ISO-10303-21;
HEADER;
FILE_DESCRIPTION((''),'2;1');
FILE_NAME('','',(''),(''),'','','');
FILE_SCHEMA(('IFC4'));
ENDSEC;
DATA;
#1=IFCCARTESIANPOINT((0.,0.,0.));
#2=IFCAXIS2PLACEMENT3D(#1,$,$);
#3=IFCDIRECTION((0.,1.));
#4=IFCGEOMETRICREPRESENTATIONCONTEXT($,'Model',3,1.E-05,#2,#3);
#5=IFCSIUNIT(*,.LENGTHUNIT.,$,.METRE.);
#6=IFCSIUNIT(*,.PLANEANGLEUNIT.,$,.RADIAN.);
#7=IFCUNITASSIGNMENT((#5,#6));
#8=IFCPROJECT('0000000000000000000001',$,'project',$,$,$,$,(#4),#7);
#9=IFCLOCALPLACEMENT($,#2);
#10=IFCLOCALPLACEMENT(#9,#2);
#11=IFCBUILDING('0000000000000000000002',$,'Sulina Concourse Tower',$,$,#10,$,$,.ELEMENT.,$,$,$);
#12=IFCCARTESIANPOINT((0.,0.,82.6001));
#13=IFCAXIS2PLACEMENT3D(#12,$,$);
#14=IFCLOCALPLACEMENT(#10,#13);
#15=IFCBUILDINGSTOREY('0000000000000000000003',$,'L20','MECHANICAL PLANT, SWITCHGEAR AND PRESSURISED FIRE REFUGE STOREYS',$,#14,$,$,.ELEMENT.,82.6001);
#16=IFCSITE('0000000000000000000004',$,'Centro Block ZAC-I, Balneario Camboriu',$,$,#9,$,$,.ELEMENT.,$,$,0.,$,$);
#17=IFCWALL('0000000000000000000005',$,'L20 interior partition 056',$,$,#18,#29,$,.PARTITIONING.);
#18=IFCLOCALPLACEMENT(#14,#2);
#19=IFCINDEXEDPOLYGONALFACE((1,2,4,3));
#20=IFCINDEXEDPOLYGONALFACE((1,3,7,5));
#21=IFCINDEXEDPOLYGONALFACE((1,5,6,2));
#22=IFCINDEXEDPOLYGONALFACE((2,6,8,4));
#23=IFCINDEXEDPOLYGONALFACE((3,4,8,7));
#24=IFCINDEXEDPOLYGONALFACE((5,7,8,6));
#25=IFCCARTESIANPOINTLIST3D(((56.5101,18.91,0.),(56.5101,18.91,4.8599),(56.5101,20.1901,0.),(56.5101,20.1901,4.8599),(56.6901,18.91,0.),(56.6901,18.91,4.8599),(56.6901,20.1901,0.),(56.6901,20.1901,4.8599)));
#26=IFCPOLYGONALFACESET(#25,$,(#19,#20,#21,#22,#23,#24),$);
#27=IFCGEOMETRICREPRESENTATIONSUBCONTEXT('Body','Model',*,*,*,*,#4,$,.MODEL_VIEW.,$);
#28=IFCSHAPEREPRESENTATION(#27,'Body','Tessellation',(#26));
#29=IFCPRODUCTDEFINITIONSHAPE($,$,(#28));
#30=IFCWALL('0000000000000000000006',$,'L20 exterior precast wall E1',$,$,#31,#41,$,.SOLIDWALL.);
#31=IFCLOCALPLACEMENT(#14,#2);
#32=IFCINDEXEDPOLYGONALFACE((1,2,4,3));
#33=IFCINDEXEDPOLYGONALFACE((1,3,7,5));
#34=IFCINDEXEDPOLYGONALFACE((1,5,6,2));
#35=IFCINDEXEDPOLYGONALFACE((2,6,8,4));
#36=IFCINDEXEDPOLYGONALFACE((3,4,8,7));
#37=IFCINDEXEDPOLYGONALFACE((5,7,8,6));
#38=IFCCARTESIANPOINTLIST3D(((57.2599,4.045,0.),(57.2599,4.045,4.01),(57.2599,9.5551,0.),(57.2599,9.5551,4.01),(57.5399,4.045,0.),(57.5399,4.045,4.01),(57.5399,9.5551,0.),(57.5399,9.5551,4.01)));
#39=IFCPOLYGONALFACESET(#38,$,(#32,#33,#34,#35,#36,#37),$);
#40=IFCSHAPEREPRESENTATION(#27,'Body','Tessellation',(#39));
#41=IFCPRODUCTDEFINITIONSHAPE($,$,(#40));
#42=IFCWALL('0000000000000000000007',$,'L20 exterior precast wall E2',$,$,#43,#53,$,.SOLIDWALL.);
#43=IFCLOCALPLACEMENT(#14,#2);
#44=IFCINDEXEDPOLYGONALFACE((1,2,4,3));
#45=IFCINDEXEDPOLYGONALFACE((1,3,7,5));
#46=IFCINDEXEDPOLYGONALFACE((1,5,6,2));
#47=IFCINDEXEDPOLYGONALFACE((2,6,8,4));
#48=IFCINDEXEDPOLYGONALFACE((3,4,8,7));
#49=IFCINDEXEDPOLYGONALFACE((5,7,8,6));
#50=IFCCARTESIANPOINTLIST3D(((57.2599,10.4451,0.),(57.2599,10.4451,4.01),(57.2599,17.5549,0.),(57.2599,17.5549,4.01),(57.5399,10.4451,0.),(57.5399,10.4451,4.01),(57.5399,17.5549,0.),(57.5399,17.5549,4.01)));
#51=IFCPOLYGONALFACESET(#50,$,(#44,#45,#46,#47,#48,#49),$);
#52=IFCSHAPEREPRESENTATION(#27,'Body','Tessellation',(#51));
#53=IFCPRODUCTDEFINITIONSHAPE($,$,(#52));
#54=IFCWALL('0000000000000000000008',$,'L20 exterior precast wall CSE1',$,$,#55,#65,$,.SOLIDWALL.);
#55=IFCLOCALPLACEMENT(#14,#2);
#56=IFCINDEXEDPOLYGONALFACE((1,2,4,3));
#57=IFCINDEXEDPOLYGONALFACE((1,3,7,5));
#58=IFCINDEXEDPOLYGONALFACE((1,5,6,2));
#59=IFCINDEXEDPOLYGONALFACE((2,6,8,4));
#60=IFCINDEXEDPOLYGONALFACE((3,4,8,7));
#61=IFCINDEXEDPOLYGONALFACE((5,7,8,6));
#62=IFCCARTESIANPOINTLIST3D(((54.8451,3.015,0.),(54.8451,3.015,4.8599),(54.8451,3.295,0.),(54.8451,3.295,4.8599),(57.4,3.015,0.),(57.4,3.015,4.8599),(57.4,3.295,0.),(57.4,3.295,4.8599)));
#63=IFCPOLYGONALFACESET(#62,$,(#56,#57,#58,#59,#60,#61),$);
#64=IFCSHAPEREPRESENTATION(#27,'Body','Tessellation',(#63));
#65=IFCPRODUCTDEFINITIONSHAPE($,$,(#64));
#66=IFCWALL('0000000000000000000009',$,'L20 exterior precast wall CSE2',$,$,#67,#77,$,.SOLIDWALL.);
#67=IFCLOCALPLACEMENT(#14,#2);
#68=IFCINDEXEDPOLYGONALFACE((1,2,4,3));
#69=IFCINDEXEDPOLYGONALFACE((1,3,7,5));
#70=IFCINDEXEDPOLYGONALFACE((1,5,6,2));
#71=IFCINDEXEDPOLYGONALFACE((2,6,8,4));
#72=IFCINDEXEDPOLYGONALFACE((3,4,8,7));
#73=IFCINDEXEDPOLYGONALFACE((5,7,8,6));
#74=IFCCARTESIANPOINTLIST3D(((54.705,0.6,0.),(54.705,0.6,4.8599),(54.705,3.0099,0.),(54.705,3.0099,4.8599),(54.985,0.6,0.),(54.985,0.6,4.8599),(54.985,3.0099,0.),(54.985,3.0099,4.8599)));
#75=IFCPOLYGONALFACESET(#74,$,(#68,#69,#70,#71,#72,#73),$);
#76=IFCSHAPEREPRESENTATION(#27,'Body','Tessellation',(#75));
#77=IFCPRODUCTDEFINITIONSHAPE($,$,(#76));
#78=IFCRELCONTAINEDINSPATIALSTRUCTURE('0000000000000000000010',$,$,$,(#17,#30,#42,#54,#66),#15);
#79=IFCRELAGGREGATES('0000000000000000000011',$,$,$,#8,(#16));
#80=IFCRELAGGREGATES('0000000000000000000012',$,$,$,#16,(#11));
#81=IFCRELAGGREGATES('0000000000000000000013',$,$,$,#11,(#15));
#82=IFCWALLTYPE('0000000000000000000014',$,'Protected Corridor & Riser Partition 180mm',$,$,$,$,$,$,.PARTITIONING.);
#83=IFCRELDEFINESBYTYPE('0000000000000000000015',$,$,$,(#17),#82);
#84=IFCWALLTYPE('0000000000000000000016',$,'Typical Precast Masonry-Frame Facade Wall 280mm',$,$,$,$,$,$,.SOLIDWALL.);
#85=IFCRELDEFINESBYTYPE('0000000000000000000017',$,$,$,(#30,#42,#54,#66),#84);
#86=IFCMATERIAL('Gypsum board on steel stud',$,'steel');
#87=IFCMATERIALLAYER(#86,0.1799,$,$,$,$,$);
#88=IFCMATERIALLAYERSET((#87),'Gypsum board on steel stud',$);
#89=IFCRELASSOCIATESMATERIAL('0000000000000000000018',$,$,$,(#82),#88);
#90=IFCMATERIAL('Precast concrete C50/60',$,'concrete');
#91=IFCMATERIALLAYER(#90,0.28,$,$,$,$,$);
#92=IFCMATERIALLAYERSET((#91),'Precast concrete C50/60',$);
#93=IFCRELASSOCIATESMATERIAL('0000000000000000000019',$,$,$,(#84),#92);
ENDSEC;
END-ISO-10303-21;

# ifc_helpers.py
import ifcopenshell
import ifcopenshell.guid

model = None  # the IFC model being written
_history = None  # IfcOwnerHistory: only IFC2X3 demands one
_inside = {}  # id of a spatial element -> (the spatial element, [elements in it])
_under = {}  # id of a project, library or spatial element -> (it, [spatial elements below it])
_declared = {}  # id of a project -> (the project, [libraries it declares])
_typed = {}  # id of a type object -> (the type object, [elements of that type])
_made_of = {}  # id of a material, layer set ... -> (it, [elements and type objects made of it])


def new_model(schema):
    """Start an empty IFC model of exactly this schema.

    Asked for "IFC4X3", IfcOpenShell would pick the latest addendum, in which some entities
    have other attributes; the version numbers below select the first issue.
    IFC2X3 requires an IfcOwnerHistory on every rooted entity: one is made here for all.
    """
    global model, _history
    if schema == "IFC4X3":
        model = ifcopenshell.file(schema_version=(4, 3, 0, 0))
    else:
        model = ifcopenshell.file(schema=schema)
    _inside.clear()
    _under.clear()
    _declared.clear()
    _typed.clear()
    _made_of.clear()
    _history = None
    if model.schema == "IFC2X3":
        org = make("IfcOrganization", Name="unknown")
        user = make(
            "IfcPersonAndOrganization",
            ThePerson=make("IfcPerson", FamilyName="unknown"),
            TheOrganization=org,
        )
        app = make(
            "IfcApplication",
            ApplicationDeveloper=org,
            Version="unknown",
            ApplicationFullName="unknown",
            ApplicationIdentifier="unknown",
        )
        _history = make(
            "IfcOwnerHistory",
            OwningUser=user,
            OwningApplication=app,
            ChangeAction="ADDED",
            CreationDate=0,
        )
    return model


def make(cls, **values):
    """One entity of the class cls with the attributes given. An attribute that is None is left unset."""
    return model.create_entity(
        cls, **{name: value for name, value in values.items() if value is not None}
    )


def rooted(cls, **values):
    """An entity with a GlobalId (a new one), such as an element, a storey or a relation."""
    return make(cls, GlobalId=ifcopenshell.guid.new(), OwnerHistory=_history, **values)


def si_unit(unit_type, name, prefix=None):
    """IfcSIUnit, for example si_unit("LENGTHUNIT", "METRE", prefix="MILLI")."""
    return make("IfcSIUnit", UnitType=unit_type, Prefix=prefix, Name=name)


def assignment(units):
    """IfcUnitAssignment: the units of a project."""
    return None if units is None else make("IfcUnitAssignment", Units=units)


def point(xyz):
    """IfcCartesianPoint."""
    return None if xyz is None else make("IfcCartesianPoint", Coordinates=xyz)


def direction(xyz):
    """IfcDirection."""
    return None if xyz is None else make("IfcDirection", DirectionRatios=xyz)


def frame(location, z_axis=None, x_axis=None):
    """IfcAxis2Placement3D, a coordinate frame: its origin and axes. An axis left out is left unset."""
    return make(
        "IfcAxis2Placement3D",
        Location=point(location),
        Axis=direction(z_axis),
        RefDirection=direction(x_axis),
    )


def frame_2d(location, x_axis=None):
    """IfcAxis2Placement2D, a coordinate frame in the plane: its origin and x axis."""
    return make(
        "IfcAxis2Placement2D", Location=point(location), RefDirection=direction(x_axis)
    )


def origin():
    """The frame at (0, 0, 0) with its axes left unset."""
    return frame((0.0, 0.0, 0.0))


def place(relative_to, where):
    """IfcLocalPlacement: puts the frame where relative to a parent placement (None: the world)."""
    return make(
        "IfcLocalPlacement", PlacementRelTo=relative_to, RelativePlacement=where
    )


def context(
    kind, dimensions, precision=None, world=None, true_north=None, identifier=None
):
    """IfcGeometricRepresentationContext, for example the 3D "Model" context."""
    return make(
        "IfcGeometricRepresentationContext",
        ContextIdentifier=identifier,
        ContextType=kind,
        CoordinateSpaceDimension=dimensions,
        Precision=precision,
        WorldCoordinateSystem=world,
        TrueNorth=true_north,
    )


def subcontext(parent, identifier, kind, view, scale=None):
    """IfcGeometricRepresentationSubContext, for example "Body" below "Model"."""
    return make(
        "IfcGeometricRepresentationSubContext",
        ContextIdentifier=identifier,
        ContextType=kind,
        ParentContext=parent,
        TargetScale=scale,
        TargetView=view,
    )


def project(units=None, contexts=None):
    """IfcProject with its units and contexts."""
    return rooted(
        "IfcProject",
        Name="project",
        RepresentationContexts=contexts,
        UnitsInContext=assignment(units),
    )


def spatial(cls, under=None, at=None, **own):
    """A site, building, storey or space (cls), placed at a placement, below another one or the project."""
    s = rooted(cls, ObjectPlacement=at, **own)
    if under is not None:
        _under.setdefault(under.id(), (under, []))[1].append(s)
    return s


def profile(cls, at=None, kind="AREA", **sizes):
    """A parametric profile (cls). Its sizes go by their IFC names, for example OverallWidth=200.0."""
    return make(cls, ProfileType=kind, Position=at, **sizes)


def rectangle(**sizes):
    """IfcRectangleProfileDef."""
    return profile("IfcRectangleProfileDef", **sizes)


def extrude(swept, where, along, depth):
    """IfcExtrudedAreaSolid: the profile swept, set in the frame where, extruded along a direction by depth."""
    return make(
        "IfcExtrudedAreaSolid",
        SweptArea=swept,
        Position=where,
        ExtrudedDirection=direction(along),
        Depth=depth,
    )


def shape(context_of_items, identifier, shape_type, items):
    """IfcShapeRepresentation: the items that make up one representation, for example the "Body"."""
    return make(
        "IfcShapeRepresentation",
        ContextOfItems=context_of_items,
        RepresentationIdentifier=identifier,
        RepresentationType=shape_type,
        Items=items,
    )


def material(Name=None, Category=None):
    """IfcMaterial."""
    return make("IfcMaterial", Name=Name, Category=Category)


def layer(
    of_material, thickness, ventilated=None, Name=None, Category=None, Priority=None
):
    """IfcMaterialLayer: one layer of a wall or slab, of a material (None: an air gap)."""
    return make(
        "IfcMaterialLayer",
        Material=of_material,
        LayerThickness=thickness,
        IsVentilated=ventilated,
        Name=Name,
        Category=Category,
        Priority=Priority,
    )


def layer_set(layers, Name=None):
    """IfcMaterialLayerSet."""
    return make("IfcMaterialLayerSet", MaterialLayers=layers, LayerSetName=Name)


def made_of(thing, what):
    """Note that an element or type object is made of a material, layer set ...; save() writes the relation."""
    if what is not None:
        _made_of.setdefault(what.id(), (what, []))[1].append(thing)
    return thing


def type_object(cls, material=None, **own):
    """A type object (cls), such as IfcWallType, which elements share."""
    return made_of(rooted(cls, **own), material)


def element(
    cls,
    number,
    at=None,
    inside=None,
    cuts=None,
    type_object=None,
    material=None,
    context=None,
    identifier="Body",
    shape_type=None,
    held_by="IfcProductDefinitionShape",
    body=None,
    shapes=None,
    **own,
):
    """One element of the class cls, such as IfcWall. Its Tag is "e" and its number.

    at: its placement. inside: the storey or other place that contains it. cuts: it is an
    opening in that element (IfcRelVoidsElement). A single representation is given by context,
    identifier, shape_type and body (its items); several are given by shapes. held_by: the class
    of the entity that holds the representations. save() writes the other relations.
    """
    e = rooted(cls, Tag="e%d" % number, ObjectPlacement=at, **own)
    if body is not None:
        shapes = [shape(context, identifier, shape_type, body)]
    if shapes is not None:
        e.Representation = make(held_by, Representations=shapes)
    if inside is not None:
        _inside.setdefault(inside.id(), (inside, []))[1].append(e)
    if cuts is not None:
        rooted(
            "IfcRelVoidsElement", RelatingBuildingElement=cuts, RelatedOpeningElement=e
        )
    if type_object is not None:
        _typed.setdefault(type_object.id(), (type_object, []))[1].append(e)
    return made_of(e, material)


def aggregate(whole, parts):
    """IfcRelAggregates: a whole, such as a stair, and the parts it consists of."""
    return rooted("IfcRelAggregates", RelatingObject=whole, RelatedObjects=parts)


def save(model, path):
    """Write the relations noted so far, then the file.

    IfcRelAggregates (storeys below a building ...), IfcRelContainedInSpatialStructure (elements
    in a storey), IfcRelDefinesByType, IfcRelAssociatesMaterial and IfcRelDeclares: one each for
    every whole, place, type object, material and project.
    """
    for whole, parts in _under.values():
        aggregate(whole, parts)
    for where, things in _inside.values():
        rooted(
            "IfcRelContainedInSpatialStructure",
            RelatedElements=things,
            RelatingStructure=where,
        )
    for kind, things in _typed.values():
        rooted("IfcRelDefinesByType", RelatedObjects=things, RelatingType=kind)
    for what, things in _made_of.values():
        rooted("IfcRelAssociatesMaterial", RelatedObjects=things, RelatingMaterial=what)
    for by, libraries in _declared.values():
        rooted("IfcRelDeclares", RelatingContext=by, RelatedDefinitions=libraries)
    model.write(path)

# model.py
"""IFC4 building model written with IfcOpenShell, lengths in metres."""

from ifc_helpers import new_model, si_unit, direction, frame, frame_2d, origin, place, context, subcontext, project, spatial, rectangle, extrude, material, layer, layer_set, type_object, element, save


model = new_model("IFC4")

# Units and contexts
model_context = context("Model", 3, precision=1e-05, world=origin(), true_north=direction((0.0, 1.0)))
body_context = subcontext(model_context, "Body", "Model", "MODEL_VIEW")
ifc_project = project(units=[si_unit("LENGTHUNIT", "METRE"), si_unit("PLANEANGLEUNIT", "RADIAN")], contexts=[model_context])

# Site, building, storey
site_placement = place(None, origin())
site = spatial("IfcSite", under=ifc_project, at=site_placement, Name="Centro Block ZAC-I, Balneario Camboriu", CompositionType="ELEMENT", RefElevation=0.0)
building_placement = place(site_placement, origin())
building = spatial("IfcBuilding", under=site, at=building_placement, Name="Sulina Concourse Tower", CompositionType="ELEMENT")
storey_placement = place(building_placement, frame((0.0, 0.0, 82.6001)))
storey = spatial("IfcBuildingStorey", under=building, at=storey_placement, Name="L20", Description="MECHANICAL PLANT, SWITCHGEAR AND PRESSURISED FIRE REFUGE STOREYS", CompositionType="ELEMENT", Elevation=82.6001)

# Walls
ifc_material_1 = material(Name="Gypsum board on steel stud", Category="steel")
ifc_layer_1 = layer(ifc_material_1, 0.1799)
ifc_layer_set_1 = layer_set([ifc_layer_1], Name="Gypsum board on steel stud")
wall_type_1 = type_object("IfcWallType", Name="Protected Corridor & Riser Partition 180mm", PredefinedType="PARTITIONING", material=ifc_layer_set_1)
wall_1_placement = place(storey_placement, frame((56.6001, 18.9099, 0.0), z_axis=(0.0, 0.0, 1.0), x_axis=(0.0, 1.0, 0.0)))
element("IfcWall", 1, at=wall_1_placement, inside=storey, type_object=wall_type_1, Name="L20 interior partition 056", PredefinedType="PARTITIONING", context=body_context, shape_type="SweptSolid", body=[
    extrude(rectangle(XDim=1.28, YDim=0.1799, at=frame_2d((0.6401, 0.0))), origin(), (0.0, 0.0, 1.0), 4.8599),
])
ifc_material_2 = material(Name="Precast concrete C50/60", Category="concrete")
ifc_layer_2 = layer(ifc_material_2, 0.28)
ifc_layer_set_2 = layer_set([ifc_layer_2], Name="Precast concrete C50/60")
wall_type_2 = type_object("IfcWallType", Name="Typical Precast Masonry-Frame Facade Wall 280mm", PredefinedType="SOLIDWALL", material=ifc_layer_set_2)
wall_2_placement = place(storey_placement, frame((57.3999, 9.5549, 0.0), z_axis=(0.0, 0.0, 1.0), x_axis=(0.0, -1.0, 0.0)))
element("IfcWall", 2, at=wall_2_placement, inside=storey, type_object=wall_type_2, Name="L20 exterior precast wall E1", PredefinedType="SOLIDWALL", context=body_context, shape_type="SweptSolid", body=[
    extrude(rectangle(XDim=5.51, YDim=0.28, at=frame_2d((2.7549, 0.0))), origin(), (0.0, 0.0, 1.0), 4.01),
])
wall_3_placement = place(storey_placement, frame((57.3999, 17.5549, 0.0), z_axis=(0.0, 0.0, 1.0), x_axis=(0.0, -1.0, 0.0)))
element("IfcWall", 3, at=wall_3_placement, inside=storey, type_object=wall_type_2, Name="L20 exterior precast wall E2", PredefinedType="SOLIDWALL", context=body_context, shape_type="SweptSolid", body=[
    extrude(rectangle(XDim=7.1099, YDim=0.28, at=frame_2d((3.5549, 0.0))), origin(), (0.0, 0.0, 1.0), 4.01),
])
wall_4_placement = place(storey_placement, frame((57.3999, 3.155, 0.0), z_axis=(0.0, 0.0, 1.0), x_axis=(-1.0, 0.0, 0.0)))
element("IfcWall", 4, at=wall_4_placement, inside=storey, type_object=wall_type_2, Name="L20 exterior precast wall CSE1", PredefinedType="SOLIDWALL", context=body_context, shape_type="SweptSolid", body=[
    extrude(rectangle(XDim=2.5549, YDim=0.28, at=frame_2d((1.2773, 0.0))), origin(), (0.0, 0.0, 1.0), 4.8599),
])
wall_5_placement = place(storey_placement, frame((54.845, 3.01, 0.0), z_axis=(0.0, 0.0, 1.0), x_axis=(0.0, -1.0, 0.0)))
element("IfcWall", 5, at=wall_5_placement, inside=storey, type_object=wall_type_2, Name="L20 exterior precast wall CSE2", PredefinedType="SOLIDWALL", context=body_context, shape_type="SweptSolid", body=[
    extrude(rectangle(XDim=2.4099, YDim=0.28, at=frame_2d((1.2051, 0.0))), origin(), (0.0, 0.0, 1.0), 4.8599),
])

save(model, "model.ifc")
